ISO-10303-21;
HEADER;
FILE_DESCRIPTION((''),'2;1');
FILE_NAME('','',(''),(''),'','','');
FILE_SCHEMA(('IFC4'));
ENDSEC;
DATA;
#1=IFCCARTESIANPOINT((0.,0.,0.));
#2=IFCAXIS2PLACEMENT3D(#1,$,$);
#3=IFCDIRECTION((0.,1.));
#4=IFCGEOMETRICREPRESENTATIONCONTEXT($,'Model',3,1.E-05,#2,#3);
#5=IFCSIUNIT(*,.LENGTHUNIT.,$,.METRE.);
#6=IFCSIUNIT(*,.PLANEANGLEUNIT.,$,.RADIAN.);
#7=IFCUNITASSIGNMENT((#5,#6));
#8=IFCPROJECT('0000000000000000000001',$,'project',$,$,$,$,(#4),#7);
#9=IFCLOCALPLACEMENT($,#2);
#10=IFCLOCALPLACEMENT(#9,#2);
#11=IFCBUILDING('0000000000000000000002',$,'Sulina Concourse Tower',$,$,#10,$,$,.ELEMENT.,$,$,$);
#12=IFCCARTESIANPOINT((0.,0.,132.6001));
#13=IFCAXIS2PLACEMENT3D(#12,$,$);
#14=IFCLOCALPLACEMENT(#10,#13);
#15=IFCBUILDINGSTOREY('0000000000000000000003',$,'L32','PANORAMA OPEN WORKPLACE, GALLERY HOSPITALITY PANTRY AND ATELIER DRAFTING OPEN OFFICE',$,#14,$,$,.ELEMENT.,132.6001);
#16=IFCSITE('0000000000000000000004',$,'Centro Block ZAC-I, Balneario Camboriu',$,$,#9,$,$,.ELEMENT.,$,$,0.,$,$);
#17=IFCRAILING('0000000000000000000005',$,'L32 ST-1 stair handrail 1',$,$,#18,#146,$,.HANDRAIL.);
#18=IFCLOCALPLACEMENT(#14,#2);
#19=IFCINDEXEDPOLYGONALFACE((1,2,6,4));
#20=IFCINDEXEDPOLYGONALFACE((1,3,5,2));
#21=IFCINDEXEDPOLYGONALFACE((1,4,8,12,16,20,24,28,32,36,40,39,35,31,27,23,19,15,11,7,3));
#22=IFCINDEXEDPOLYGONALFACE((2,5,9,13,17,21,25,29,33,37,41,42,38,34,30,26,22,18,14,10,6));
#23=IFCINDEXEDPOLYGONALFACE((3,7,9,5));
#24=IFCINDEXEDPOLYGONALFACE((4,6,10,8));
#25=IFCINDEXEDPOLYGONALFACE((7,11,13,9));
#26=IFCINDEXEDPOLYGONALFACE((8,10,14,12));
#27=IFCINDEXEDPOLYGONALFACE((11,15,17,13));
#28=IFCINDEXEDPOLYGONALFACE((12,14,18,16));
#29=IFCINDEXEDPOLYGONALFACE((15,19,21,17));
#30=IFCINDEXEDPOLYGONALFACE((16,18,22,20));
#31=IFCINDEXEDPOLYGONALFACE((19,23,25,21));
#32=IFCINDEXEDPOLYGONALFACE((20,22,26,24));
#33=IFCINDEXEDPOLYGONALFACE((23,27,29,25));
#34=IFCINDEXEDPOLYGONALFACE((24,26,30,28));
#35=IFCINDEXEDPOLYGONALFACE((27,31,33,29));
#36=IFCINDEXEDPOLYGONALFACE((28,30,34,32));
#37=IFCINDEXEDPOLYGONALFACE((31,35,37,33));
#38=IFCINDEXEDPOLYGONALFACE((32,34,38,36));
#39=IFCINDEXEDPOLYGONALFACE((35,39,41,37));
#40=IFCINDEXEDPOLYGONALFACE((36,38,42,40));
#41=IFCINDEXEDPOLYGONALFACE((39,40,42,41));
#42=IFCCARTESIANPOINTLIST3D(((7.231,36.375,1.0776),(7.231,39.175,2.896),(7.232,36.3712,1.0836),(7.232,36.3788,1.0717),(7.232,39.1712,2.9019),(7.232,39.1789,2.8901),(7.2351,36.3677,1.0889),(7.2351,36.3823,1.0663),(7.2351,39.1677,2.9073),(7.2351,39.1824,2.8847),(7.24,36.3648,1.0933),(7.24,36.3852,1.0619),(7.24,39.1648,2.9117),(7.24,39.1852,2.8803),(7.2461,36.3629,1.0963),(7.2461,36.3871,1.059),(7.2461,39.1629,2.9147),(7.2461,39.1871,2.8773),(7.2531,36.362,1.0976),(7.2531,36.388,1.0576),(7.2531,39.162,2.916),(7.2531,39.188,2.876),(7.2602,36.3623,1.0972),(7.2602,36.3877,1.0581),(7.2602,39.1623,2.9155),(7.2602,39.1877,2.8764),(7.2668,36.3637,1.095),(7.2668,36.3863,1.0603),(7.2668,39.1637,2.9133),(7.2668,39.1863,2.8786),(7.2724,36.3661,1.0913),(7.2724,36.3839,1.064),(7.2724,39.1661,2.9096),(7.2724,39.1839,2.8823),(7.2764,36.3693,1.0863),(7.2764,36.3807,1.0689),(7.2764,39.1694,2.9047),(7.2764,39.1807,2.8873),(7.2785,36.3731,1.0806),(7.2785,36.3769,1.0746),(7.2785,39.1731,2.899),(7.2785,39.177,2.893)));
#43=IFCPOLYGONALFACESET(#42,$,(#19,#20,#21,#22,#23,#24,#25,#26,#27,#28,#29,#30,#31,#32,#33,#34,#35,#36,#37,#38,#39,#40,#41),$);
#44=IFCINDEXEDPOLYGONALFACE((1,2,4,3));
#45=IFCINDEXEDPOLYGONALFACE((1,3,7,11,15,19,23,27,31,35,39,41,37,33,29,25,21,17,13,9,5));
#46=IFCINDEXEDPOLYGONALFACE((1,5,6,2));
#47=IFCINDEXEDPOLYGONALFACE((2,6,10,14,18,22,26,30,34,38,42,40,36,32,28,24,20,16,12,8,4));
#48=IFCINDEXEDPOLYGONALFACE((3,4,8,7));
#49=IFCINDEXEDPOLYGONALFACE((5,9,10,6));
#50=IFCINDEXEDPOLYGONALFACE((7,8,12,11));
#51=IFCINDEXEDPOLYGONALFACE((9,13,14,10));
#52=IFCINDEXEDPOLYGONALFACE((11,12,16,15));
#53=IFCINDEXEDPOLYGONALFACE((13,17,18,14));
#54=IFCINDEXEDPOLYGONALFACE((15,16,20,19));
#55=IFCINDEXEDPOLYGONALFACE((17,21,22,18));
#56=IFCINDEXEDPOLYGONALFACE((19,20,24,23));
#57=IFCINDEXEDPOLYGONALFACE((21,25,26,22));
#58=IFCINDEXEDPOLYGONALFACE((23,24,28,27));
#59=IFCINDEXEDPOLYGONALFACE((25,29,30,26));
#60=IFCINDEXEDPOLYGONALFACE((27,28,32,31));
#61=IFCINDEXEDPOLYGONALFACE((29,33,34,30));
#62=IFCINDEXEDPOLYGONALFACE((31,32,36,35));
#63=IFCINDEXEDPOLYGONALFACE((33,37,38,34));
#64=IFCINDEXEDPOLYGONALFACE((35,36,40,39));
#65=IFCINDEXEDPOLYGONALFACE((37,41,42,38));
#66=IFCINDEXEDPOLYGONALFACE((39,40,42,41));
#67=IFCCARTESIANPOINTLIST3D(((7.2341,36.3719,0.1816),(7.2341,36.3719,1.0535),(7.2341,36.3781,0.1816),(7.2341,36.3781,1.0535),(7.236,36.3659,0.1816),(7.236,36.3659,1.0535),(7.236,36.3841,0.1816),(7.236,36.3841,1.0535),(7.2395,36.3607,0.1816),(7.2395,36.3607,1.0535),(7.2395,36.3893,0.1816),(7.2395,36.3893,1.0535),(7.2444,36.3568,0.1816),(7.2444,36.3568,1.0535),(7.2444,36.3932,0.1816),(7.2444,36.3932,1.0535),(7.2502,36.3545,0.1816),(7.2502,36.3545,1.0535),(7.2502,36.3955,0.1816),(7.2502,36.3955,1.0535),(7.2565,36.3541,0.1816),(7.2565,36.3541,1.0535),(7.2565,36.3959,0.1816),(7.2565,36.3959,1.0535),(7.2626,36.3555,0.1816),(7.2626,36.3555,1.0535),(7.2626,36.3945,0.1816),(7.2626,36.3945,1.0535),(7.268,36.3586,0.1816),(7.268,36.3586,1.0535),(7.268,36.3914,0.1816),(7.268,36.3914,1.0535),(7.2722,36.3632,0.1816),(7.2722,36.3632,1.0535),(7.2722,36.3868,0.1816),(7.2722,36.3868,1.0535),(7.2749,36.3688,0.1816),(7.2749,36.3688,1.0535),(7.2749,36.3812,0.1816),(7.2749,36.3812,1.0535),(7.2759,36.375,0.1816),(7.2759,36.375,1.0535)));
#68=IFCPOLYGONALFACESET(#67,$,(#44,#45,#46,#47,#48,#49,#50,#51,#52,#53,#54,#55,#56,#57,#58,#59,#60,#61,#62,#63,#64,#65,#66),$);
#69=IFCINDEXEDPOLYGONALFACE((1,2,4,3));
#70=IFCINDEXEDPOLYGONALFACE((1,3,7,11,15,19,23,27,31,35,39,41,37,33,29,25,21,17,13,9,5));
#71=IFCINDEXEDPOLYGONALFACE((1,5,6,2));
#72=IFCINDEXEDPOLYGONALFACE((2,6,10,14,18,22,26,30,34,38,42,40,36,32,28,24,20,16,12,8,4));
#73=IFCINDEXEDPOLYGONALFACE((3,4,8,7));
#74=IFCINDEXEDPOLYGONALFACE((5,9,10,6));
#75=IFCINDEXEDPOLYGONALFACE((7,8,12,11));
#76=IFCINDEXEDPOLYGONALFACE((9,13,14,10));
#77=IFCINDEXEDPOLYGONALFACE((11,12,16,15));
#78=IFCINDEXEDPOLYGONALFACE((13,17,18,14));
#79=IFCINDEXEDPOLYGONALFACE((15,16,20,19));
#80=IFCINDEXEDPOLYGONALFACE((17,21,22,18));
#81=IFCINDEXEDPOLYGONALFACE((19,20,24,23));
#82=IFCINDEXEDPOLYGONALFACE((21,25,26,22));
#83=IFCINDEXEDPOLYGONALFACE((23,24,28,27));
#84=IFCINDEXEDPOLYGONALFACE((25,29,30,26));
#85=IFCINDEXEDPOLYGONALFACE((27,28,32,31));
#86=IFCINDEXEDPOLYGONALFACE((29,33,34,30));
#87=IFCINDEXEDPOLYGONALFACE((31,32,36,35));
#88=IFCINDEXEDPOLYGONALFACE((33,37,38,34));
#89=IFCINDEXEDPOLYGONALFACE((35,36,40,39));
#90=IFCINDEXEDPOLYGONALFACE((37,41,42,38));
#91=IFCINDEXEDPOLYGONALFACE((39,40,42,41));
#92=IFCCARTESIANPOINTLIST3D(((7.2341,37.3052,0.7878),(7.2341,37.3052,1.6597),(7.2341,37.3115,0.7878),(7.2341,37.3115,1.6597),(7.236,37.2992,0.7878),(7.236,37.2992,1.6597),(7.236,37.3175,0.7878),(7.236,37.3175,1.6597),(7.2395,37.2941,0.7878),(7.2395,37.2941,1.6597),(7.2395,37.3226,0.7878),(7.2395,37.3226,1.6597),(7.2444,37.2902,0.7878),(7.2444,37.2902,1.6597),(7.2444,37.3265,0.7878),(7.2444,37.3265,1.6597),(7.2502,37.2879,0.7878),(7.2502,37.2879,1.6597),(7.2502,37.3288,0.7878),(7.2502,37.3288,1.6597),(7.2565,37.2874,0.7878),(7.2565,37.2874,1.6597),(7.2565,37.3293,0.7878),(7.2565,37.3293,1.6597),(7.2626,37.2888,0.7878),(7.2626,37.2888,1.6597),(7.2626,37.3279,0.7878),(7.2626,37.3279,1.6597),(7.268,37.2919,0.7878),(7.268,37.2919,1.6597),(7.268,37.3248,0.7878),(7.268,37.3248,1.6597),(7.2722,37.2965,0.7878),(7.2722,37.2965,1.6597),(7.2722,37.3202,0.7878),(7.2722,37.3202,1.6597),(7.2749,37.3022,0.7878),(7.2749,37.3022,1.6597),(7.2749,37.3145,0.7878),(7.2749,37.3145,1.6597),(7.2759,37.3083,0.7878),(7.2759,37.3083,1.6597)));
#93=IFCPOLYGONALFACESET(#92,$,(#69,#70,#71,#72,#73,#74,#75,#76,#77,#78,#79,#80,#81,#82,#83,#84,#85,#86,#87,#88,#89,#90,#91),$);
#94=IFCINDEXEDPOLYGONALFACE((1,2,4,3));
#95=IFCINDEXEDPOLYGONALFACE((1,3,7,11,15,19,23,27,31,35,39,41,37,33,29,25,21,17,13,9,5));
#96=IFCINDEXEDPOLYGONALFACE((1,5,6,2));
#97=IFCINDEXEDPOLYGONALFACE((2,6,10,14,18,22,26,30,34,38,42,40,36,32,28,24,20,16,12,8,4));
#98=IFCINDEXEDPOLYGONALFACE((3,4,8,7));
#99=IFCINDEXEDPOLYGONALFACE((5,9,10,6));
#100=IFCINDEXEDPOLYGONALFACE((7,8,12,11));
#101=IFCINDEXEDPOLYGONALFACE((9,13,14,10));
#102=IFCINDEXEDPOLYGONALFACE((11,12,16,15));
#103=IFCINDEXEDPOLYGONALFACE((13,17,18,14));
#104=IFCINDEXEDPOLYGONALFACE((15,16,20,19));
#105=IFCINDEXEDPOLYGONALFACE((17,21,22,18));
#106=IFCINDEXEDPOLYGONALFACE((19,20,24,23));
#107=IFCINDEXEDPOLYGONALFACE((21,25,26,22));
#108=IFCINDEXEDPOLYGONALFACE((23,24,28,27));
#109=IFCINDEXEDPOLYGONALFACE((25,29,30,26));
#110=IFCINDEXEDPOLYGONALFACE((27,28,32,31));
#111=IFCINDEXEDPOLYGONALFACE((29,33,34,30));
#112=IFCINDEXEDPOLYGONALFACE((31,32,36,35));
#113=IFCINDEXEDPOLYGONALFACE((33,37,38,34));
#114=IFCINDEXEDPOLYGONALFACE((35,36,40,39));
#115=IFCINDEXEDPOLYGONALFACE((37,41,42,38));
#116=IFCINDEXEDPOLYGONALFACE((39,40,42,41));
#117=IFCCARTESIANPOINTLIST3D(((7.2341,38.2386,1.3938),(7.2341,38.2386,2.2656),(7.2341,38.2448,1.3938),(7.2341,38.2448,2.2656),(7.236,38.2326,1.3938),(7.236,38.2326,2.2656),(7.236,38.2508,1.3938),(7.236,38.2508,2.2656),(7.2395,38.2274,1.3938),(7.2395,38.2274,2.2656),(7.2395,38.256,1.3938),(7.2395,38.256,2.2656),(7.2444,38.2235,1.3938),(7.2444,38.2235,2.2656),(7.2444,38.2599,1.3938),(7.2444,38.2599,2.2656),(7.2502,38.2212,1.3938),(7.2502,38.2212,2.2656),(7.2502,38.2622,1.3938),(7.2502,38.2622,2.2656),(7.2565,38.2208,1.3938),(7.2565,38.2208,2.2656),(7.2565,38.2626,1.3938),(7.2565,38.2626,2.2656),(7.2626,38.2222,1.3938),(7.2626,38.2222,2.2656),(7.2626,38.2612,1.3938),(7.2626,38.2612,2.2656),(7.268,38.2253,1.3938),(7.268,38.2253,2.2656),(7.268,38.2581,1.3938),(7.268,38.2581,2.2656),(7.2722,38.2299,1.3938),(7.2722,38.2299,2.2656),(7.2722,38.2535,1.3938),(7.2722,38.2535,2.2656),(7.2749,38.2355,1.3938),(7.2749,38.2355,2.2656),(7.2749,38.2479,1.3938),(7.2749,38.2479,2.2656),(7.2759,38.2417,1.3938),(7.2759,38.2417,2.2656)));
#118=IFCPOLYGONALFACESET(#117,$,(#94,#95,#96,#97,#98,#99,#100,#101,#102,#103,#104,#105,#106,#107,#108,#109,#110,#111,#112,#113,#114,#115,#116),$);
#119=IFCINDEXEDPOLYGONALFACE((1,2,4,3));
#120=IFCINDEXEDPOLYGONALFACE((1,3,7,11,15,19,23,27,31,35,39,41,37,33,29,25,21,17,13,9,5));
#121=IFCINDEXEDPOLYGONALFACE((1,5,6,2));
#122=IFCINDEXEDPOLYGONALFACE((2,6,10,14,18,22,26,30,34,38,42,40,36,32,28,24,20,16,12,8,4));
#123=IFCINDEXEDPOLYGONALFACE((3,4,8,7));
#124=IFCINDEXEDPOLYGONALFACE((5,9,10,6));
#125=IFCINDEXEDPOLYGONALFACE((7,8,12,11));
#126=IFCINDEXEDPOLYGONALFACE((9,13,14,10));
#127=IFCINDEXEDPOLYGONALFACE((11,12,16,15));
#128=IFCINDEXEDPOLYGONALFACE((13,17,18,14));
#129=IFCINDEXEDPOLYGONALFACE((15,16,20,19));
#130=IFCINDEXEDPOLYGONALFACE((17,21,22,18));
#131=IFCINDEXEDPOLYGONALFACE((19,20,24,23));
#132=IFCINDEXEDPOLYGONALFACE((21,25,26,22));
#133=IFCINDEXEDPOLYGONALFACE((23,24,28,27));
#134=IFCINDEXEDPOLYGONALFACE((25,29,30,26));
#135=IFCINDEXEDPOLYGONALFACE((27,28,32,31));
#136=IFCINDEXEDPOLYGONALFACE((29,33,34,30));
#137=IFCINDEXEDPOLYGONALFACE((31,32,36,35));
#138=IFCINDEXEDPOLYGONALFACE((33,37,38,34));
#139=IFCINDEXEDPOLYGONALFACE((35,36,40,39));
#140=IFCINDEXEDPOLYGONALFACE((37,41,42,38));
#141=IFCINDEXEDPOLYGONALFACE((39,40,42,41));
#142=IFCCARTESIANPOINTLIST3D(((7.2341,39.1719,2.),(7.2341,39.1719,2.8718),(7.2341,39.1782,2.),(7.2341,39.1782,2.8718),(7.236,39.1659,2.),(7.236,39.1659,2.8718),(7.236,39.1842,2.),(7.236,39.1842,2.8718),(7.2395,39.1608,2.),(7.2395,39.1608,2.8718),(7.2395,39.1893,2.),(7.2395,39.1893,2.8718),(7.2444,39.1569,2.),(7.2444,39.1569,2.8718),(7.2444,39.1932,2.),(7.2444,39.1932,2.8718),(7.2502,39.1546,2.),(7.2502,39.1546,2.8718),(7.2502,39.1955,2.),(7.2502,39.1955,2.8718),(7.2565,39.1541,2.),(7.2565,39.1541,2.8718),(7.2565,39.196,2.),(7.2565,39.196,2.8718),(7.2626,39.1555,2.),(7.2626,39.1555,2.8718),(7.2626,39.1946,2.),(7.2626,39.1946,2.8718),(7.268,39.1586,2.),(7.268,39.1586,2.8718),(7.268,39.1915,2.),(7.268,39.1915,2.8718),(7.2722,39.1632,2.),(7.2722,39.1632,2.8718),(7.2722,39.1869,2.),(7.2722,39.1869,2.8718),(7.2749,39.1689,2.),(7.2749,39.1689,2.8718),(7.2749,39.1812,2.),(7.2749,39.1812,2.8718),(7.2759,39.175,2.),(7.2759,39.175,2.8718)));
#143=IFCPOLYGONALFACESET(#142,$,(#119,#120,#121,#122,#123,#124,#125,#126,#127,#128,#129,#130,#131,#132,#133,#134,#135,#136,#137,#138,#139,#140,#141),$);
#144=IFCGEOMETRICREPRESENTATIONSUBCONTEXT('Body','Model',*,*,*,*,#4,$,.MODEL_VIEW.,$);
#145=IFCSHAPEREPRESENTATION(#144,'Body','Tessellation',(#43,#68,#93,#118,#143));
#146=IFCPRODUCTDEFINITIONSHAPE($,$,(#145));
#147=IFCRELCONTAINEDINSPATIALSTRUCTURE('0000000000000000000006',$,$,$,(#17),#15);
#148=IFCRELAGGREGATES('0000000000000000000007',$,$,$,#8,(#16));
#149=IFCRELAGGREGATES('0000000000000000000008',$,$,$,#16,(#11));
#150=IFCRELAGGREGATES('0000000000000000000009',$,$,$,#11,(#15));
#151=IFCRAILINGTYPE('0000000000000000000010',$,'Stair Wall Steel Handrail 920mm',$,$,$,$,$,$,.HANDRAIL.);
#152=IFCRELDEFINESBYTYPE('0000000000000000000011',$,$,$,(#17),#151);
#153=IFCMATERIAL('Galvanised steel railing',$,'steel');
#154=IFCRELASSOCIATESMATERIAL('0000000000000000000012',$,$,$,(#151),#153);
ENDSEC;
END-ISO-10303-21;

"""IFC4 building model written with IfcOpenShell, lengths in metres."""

from ifc_helpers import new_model, si_unit, direction, frame, origin, origin_2d, place, context, subcontext, project, spatial, circle, extrude, material, type_object, element, save


model = new_model("IFC4")

# Units and contexts
model_context = context("Model", 3, precision=1e-05, world=origin(), true_north=direction((0.0, 1.0)))
body_context = subcontext(model_context, "Body", "Model", "MODEL_VIEW")
ifc_project = project(units=[si_unit("LENGTHUNIT", "METRE"), si_unit("PLANEANGLEUNIT", "RADIAN")], contexts=[model_context])

# Site, building, storey
site_placement = place(None, origin())
site = spatial("IfcSite", under=ifc_project, at=site_placement, Name="Centro Block ZAC-I, Balneario Camboriu", CompositionType="ELEMENT", RefElevation=0.0)
building_placement = place(site_placement, origin())
building = spatial("IfcBuilding", under=site, at=building_placement, Name="Sulina Concourse Tower", CompositionType="ELEMENT")
storey_placement = place(building_placement, frame((0.0, 0.0, 132.6001)))
storey = spatial("IfcBuildingStorey", under=building, at=storey_placement, Name="L32", Description="PANORAMA OPEN WORKPLACE, GALLERY HOSPITALITY PANTRY AND ATELIER DRAFTING OPEN OFFICE", CompositionType="ELEMENT", Elevation=132.6001)

# Railing
ifc_material_1 = material(Name="Galvanised steel railing", Category="steel")
railing_type_1 = type_object("IfcRailingType", Name="Stair Wall Steel Handrail 920mm", PredefinedType="HANDRAIL", material=ifc_material_1)
railing_1_placement = place(storey_placement, frame((7.2549, 36.375, 0.1816)))
element("IfcRailing", 1, at=railing_1_placement, inside=storey, type_object=railing_type_1, Name="L32 ST-1 stair handrail 1", PredefinedType="HANDRAIL", context=body_context, shape_type="SweptSolid", body=[
    extrude(circle(Radius=0.0239, at=origin_2d()), frame((0.0, 0.0, 0.896), z_axis=(0.0, 0.838672, 0.544636), x_axis=(-1.0, 0.0, 0.0)), (0.0, 0.0, 1.0), 3.3386),
    extrude(circle(Radius=0.021, at=origin_2d()), origin(), (0.0, 0.0, 1.0), 0.8718),
    extrude(circle(Radius=0.021, at=origin_2d()), frame((0.0, 0.9333, 0.6062)), (0.0, 0.0, 1.0), 0.8718),
    extrude(circle(Radius=0.021, at=origin_2d()), frame((0.0, 1.8667, 1.2122)), (0.0, 0.0, 1.0), 0.8718),
    extrude(circle(Radius=0.021, at=origin_2d()), frame((0.0, 2.8, 1.8184)), (0.0, 0.0, 1.0), 0.8718),
])

save(model, "model.ifc")
